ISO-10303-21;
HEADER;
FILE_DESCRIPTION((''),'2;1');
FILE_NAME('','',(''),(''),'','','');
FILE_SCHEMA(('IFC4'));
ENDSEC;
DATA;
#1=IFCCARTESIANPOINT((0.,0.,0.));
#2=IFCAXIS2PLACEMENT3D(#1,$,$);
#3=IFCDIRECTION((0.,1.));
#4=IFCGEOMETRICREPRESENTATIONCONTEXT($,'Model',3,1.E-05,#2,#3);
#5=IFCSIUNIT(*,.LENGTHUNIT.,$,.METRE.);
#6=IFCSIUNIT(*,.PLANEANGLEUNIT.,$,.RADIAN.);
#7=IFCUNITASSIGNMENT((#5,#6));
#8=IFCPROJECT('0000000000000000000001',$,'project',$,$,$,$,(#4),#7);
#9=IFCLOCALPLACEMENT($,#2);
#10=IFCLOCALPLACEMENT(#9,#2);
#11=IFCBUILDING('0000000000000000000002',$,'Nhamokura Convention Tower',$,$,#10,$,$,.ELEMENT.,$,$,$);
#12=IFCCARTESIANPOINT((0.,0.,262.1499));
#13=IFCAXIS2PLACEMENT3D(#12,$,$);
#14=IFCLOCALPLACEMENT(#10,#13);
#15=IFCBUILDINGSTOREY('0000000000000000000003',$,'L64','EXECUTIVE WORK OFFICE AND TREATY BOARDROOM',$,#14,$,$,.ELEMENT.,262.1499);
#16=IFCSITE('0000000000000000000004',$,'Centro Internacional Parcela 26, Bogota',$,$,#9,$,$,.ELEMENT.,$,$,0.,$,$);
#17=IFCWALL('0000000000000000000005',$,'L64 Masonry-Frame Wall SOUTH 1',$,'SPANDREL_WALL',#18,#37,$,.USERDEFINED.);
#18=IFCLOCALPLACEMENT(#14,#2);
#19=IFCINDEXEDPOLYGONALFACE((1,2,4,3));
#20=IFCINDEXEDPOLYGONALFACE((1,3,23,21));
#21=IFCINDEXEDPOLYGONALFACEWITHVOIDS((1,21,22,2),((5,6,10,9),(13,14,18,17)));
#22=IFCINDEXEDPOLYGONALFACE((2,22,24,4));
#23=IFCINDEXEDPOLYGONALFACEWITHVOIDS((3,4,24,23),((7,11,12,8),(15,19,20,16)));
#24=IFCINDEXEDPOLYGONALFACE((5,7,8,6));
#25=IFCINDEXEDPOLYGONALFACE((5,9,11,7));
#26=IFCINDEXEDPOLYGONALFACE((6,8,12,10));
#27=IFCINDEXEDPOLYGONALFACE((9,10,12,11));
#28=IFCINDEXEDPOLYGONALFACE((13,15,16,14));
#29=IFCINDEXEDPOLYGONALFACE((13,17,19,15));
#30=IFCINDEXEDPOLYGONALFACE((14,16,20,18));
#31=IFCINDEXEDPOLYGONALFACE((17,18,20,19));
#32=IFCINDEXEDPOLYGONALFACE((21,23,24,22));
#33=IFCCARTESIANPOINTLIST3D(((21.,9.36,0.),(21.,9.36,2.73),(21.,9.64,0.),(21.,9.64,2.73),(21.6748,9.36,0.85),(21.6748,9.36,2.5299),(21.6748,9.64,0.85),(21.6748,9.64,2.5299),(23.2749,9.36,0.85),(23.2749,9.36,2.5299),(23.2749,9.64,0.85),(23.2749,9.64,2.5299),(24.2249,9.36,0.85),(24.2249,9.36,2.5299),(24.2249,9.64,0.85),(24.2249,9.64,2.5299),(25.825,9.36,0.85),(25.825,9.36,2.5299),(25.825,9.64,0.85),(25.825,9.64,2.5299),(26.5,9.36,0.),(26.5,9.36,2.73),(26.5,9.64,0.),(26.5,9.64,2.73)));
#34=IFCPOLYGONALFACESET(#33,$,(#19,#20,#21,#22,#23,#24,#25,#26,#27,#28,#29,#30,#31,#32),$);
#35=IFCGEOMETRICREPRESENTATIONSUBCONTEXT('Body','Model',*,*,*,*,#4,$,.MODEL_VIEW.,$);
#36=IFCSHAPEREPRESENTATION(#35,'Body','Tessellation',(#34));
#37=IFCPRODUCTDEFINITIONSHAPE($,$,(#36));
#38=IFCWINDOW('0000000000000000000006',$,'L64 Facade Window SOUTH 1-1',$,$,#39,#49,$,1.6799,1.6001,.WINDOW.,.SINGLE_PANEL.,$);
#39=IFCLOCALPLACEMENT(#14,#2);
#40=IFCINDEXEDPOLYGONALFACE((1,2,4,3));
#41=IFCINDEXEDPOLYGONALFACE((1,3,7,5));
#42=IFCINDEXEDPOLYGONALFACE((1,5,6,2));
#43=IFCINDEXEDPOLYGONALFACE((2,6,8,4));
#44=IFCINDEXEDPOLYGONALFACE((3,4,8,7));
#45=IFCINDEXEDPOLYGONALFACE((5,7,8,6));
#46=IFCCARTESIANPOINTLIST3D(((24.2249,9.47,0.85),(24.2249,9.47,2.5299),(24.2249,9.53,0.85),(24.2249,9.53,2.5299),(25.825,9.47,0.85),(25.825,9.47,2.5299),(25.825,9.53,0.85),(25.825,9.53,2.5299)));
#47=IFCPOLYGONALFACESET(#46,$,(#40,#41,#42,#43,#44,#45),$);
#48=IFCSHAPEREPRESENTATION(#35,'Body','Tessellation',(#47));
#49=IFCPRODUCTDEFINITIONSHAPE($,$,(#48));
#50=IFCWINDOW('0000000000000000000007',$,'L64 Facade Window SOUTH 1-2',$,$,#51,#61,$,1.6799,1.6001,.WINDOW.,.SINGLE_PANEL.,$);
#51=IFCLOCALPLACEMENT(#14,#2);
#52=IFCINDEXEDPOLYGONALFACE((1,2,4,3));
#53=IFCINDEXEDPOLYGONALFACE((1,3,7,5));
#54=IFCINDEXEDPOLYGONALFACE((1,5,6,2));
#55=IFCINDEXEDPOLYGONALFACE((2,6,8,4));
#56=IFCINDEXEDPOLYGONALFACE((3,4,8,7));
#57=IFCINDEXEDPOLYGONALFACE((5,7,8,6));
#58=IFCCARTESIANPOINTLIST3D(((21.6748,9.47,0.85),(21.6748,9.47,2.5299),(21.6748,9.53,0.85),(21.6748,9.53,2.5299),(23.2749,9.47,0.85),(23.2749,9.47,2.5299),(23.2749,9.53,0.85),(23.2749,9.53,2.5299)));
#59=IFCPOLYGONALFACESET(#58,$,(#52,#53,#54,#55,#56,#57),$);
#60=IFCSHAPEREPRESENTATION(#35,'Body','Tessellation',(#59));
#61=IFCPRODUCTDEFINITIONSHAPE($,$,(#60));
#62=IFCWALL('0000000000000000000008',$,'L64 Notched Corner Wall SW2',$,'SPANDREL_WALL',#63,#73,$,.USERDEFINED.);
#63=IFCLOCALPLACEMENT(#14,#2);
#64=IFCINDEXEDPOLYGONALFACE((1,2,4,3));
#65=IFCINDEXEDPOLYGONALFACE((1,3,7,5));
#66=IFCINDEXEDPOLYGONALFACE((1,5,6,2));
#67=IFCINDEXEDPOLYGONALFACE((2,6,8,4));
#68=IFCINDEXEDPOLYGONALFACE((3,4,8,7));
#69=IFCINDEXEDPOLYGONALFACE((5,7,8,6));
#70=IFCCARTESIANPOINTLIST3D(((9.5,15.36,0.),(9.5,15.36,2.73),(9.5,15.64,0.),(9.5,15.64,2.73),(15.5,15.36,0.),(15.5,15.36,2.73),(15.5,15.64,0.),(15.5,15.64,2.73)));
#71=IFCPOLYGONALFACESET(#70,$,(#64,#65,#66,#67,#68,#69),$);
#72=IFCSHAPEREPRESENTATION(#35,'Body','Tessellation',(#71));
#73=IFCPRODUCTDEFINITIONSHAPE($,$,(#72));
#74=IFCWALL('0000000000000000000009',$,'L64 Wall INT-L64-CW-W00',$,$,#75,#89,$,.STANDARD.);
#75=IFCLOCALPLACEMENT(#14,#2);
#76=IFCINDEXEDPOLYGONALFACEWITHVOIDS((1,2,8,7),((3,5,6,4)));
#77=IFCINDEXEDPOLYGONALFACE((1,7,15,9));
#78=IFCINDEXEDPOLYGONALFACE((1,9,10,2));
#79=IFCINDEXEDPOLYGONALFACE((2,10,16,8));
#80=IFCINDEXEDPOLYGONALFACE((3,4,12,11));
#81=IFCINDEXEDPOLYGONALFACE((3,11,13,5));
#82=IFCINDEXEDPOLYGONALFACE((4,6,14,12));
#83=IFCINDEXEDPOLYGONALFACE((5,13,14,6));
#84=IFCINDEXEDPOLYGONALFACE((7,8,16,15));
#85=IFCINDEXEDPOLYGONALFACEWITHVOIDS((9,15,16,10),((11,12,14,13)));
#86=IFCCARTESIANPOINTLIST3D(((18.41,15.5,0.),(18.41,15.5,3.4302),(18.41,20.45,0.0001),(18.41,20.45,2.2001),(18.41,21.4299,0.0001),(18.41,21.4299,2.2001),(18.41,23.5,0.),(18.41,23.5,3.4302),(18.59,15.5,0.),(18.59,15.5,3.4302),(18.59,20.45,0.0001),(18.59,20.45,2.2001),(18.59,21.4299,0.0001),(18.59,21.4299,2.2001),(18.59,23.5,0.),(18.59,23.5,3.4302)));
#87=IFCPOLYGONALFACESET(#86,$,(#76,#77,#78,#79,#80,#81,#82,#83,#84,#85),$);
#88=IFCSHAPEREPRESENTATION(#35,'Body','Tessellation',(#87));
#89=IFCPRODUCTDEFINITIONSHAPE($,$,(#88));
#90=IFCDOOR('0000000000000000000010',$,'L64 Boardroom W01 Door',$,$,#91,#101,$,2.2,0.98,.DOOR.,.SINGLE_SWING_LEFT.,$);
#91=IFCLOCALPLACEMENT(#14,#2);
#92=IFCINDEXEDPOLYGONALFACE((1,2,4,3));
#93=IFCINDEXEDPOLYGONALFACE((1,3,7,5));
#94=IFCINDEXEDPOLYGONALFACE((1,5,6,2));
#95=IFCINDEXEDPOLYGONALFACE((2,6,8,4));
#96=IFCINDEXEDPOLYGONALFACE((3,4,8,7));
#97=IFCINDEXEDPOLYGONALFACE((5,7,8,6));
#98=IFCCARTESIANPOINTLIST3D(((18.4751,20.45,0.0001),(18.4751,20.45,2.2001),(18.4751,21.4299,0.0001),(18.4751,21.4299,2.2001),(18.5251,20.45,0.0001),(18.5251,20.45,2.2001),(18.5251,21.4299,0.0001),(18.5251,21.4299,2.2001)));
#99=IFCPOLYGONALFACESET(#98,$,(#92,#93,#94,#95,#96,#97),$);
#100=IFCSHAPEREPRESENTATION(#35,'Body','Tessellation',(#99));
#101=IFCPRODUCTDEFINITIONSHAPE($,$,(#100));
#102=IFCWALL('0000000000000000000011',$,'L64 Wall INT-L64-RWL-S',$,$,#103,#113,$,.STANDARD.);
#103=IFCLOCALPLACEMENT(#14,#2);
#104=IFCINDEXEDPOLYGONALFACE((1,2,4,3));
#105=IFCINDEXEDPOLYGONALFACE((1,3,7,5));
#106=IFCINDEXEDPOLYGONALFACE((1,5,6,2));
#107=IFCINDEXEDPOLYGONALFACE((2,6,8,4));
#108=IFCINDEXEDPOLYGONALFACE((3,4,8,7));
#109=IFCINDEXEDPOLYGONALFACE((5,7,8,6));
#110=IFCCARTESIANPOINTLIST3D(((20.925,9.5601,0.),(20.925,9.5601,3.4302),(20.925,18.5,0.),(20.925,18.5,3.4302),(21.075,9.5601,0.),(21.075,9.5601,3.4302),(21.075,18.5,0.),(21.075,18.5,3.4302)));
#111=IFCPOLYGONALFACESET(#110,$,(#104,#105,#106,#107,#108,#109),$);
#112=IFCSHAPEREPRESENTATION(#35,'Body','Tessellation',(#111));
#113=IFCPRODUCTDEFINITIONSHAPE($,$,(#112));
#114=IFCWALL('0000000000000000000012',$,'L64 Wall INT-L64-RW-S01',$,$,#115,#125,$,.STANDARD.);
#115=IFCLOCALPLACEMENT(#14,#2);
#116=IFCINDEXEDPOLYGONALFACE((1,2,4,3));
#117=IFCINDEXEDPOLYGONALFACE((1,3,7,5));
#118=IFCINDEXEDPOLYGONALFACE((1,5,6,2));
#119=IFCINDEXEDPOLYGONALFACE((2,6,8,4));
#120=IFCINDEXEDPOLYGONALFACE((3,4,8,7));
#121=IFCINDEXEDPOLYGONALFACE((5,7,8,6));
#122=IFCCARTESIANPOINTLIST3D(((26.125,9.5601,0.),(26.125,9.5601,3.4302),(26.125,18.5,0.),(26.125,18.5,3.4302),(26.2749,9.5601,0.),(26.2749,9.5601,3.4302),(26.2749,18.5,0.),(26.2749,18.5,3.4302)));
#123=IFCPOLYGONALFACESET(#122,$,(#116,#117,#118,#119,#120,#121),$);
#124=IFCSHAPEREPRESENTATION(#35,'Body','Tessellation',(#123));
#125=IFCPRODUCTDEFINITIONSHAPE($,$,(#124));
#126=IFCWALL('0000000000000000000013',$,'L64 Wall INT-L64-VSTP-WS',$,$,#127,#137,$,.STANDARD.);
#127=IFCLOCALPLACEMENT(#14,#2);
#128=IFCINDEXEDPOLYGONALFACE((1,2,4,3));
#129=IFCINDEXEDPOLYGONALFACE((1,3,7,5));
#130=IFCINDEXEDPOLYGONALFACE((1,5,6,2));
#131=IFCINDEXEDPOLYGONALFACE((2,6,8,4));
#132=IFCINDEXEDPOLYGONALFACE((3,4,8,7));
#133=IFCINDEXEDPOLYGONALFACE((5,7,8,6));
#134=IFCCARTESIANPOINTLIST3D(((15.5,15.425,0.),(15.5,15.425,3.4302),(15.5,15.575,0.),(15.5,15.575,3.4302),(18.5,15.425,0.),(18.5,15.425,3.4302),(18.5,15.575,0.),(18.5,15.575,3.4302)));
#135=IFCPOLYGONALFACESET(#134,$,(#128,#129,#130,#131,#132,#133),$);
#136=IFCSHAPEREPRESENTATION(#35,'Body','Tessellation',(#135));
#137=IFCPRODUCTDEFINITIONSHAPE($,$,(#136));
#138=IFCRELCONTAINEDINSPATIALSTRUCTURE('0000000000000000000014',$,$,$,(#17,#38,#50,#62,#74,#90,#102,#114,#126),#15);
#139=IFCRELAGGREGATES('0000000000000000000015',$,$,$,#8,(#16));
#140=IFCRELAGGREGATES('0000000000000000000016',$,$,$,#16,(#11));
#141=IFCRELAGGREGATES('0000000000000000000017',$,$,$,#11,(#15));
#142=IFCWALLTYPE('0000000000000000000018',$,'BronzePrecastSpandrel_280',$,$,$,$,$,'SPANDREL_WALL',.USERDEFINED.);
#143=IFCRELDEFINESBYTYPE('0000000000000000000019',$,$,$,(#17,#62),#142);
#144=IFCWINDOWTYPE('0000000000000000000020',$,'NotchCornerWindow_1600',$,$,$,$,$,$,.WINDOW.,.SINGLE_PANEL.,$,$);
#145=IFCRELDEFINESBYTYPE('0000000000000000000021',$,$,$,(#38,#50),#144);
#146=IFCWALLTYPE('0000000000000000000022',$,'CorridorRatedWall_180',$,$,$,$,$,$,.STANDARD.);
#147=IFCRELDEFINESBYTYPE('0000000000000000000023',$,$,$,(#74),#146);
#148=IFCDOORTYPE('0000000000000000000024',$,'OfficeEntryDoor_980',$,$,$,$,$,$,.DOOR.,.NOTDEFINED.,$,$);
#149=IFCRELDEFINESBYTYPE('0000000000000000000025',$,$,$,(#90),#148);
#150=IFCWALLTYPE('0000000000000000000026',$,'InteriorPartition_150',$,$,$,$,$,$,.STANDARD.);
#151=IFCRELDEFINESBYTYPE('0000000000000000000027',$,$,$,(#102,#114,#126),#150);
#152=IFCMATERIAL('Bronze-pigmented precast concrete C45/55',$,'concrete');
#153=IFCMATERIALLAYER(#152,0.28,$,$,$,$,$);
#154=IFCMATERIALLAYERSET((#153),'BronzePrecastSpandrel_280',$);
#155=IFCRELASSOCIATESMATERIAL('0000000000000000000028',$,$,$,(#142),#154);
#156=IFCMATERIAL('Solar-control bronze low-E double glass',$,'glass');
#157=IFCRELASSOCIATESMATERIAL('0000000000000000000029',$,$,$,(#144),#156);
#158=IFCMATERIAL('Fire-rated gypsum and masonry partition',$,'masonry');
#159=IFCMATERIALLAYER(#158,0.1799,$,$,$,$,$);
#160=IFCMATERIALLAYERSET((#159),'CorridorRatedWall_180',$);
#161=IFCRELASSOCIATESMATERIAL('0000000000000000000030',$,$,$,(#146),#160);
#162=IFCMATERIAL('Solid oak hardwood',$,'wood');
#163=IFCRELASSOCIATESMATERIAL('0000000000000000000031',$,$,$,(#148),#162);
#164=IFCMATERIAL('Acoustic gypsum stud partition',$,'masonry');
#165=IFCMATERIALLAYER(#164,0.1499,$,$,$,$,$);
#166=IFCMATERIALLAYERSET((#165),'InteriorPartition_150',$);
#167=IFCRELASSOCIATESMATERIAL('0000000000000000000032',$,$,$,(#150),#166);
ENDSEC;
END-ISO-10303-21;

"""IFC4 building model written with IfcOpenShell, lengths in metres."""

from ifc_helpers import new_model, si_unit, direction, frame, frame_2d, origin, place, context, subcontext, project, spatial, rectangle, extrude, material, layer, layer_set, type_object, element, fill, save


model = new_model("IFC4")

# Units and contexts
model_context = context("Model", 3, precision=1e-05, world=origin(), true_north=direction((0.0, 1.0)))
body_context = subcontext(model_context, "Body", "Model", "MODEL_VIEW")
ifc_project = project(units=[si_unit("LENGTHUNIT", "METRE"), si_unit("PLANEANGLEUNIT", "RADIAN")], contexts=[model_context])

# Site, building, storey
site_placement = place(None, origin())
site = spatial("IfcSite", under=ifc_project, at=site_placement, Name="Centro Internacional Parcela 26, Bogota", CompositionType="ELEMENT", RefElevation=0.0)
building_placement = place(site_placement, origin())
building = spatial("IfcBuilding", under=site, at=building_placement, Name="Nhamokura Convention Tower", CompositionType="ELEMENT")
storey_placement = place(building_placement, frame((0.0, 0.0, 262.1499)))
storey = spatial("IfcBuildingStorey", under=building, at=storey_placement, Name="L64", Description="EXECUTIVE WORK OFFICE AND TREATY BOARDROOM", CompositionType="ELEMENT", Elevation=262.1499)

# Shared definitions
ifc_material_1 = material(Name="Bronze-pigmented precast concrete C45/55", Category="concrete")
ifc_layer_1 = layer(ifc_material_1, 0.28)
ifc_layer_set_1 = layer_set([ifc_layer_1], Name="BronzePrecastSpandrel_280")
wall_type_1 = type_object("IfcWallType", Name="BronzePrecastSpandrel_280", ElementType="SPANDREL_WALL", PredefinedType="USERDEFINED", material=ifc_layer_set_1)

# Wall, openings, windows
wall_1_placement = place(storey_placement, frame((26.5, 9.5, 0.0), z_axis=(0.0, 0.0, 1.0), x_axis=(-1.0, 0.0, 0.0)))
wall_1 = element("IfcWall", 1, at=wall_1_placement, inside=storey, type_object=wall_type_1, Name="L64 Masonry-Frame Wall SOUTH 1", ObjectType="SPANDREL_WALL", PredefinedType="USERDEFINED", context=body_context, shape_type="SweptSolid", body=[
    extrude(rectangle(XDim=5.5, YDim=0.28, at=frame_2d((2.75, 0.0))), origin(), (0.0, 0.0, 1.0), 2.73),
])
opening_1_placement = place(wall_1_placement, frame((0.675, 0.0, 0.8501)))
opening_1 = element("IfcOpeningElement", 2, at=opening_1_placement, cuts=wall_1, PredefinedType="OPENING", context=body_context, shape_type="SweptSolid", body=[
    extrude(rectangle(XDim=1.6001, YDim=1.6799, at=frame_2d((0.8, 0.8398))), frame((0.0, 0.1499, 0.0), z_axis=(0.0, -1.0, 0.0), x_axis=(1.0, 0.0, 0.0)), (0.0, 0.0, 1.0), 0.3),
])
opening_2_placement = place(wall_1_placement, frame((3.2251, 0.0, 0.8501)))
opening_2 = element("IfcOpeningElement", 3, at=opening_2_placement, cuts=wall_1, PredefinedType="OPENING", context=body_context, shape_type="SweptSolid", body=[
    extrude(rectangle(XDim=1.6001, YDim=1.6799, at=frame_2d((0.8, 0.8398))), frame((0.0, 0.1499, 0.0), z_axis=(0.0, -1.0, 0.0), x_axis=(1.0, 0.0, 0.0)), (0.0, 0.0, 1.0), 0.3),
])
ifc_material_2 = material(Name="Solar-control bronze low-E double glass", Category="glass")
window_type = type_object("IfcWindowType", Name="NotchCornerWindow_1600", PartitioningType="SINGLE_PANEL", PredefinedType="WINDOW", material=ifc_material_2)
window_1_placement = place(opening_1_placement, origin())
window_1 = element("IfcWindow", 4, at=window_1_placement, inside=storey, type_object=window_type, Name="L64 Facade Window SOUTH 1-1", OverallHeight=1.6799, OverallWidth=1.6001, PartitioningType="SINGLE_PANEL", PredefinedType="WINDOW", context=body_context, shape_type="SweptSolid", body=[
    extrude(rectangle(XDim=1.6001, YDim=1.6799, at=frame_2d((0.8, 0.8398))), frame((0.0, 0.03, 0.0), z_axis=(0.0, -1.0, 0.0), x_axis=(1.0, 0.0, 0.0)), (0.0, 0.0, 1.0), 0.0601),
])
fill(opening_1, window_1)
window_2_placement = place(opening_2_placement, origin())
window_2 = element("IfcWindow", 5, at=window_2_placement, inside=storey, type_object=window_type, Name="L64 Facade Window SOUTH 1-2", OverallHeight=1.6799, OverallWidth=1.6001, PartitioningType="SINGLE_PANEL", PredefinedType="WINDOW", context=body_context, shape_type="SweptSolid", body=[
    extrude(rectangle(XDim=1.6001, YDim=1.6799, at=frame_2d((0.8, 0.8398))), frame((0.0, 0.03, 0.0), z_axis=(0.0, -1.0, 0.0), x_axis=(1.0, 0.0, 0.0)), (0.0, 0.0, 1.0), 0.0601),
])
fill(opening_2, window_2)

# Wall
wall_2_placement = place(storey_placement, frame((15.5, 15.5, 0.0), z_axis=(0.0, 0.0, 1.0), x_axis=(-1.0, 0.0, 0.0)))
element("IfcWall", 6, at=wall_2_placement, inside=storey, type_object=wall_type_1, Name="L64 Notched Corner Wall SW2", ObjectType="SPANDREL_WALL", PredefinedType="USERDEFINED", context=body_context, shape_type="SweptSolid", body=[
    extrude(rectangle(XDim=6.0, YDim=0.28, at=frame_2d((3.0, 0.0))), origin(), (0.0, 0.0, 1.0), 2.73),
])

# Wall, opening, door
ifc_material_3 = material(Name="Fire-rated gypsum and masonry partition", Category="masonry")
ifc_layer_2 = layer(ifc_material_3, 0.1799)
ifc_layer_set_2 = layer_set([ifc_layer_2], Name="CorridorRatedWall_180")
wall_type_2 = type_object("IfcWallType", Name="CorridorRatedWall_180", PredefinedType="STANDARD", material=ifc_layer_set_2)
wall_3_placement = place(storey_placement, frame((18.5, 15.5, 0.0), z_axis=(0.0, 0.0, 1.0), x_axis=(0.0, 1.0, 0.0)))
wall_3 = element("IfcWall", 7, at=wall_3_placement, inside=storey, type_object=wall_type_2, Name="L64 Wall INT-L64-CW-W00", PredefinedType="STANDARD", context=body_context, shape_type="SweptSolid", body=[
    extrude(rectangle(XDim=8.0, YDim=0.1799, at=frame_2d((4.0, 0.0))), origin(), (0.0, 0.0, 1.0), 3.4302),
])
opening_3_placement = place(wall_3_placement, frame((4.95, 0.0, 0.0)))
opening_3 = element("IfcOpeningElement", 8, at=opening_3_placement, cuts=wall_3, PredefinedType="OPENING", context=body_context, shape_type="SweptSolid", body=[
    extrude(rectangle(XDim=0.98, YDim=2.2, at=frame_2d((0.49, 1.1001))), frame((0.0, 0.0999, 0.0), z_axis=(0.0, -1.0, 0.0), x_axis=(1.0, 0.0, 0.0)), (0.0, 0.0, 1.0), 0.2),
])
ifc_material_4 = material(Name="Solid oak hardwood", Category="wood")
door_type = type_object("IfcDoorType", Name="OfficeEntryDoor_980", OperationType="NOTDEFINED", PredefinedType="DOOR", material=ifc_material_4)
door_placement = place(opening_3_placement, origin())
door = element("IfcDoor", 9, at=door_placement, inside=storey, type_object=door_type, Name="L64 Boardroom W01 Door", OperationType="SINGLE_SWING_LEFT", OverallHeight=2.2, OverallWidth=0.98, PredefinedType="DOOR", context=body_context, shape_type="SweptSolid", body=[
    extrude(rectangle(XDim=0.98, YDim=2.2, at=frame_2d((0.49, 1.1001))), frame((0.0, 0.0249, 0.0), z_axis=(0.0, -1.0, 0.0), x_axis=(1.0, 0.0, 0.0)), (0.0, 0.0, 1.0), 0.05),
])
fill(opening_3, door)

# Walls
ifc_material_5 = material(Name="Acoustic gypsum stud partition", Category="masonry")
ifc_layer_3 = layer(ifc_material_5, 0.1499)
ifc_layer_set_3 = layer_set([ifc_layer_3], Name="InteriorPartition_150")
wall_type_3 = type_object("IfcWallType", Name="InteriorPartition_150", PredefinedType="STANDARD", material=ifc_layer_set_3)
for number, where, z_axis, x_axis, name in (
    (10, (21.0, 9.5601, 0.0), (0.0, 0.0, 1.0), (0.0, 1.0, 0.0), "L64 Wall INT-L64-RWL-S"),
    (11, (26.2, 9.5601, 0.0), (0.0, 0.0, 1.0), (0.0, 1.0, 0.0), "L64 Wall INT-L64-RW-S01"),
):
    element("IfcWall", number, at=place(storey_placement, frame(where, z_axis=z_axis, x_axis=x_axis)), inside=storey, type_object=wall_type_3, Name=name, PredefinedType="STANDARD", context=body_context, shape_type="SweptSolid", body=[
        extrude(rectangle(XDim=8.9399, YDim=0.1499, at=frame_2d((4.47, 0.0))), origin(), (0.0, 0.0, 1.0), 3.4302),
    ])
wall_4_placement = place(storey_placement, frame((15.5, 15.5, 0.0), z_axis=(0.0, 0.0, 1.0), x_axis=(1.0, 0.0, 0.0)))
element("IfcWall", 12, at=wall_4_placement, inside=storey, type_object=wall_type_3, Name="L64 Wall INT-L64-VSTP-WS", PredefinedType="STANDARD", context=body_context, shape_type="SweptSolid", body=[
    extrude(rectangle(XDim=3.0, YDim=0.1499, at=frame_2d((1.5, 0.0))), origin(), (0.0, 0.0, 1.0), 3.4302),
])

save(model, "model.ifc")
